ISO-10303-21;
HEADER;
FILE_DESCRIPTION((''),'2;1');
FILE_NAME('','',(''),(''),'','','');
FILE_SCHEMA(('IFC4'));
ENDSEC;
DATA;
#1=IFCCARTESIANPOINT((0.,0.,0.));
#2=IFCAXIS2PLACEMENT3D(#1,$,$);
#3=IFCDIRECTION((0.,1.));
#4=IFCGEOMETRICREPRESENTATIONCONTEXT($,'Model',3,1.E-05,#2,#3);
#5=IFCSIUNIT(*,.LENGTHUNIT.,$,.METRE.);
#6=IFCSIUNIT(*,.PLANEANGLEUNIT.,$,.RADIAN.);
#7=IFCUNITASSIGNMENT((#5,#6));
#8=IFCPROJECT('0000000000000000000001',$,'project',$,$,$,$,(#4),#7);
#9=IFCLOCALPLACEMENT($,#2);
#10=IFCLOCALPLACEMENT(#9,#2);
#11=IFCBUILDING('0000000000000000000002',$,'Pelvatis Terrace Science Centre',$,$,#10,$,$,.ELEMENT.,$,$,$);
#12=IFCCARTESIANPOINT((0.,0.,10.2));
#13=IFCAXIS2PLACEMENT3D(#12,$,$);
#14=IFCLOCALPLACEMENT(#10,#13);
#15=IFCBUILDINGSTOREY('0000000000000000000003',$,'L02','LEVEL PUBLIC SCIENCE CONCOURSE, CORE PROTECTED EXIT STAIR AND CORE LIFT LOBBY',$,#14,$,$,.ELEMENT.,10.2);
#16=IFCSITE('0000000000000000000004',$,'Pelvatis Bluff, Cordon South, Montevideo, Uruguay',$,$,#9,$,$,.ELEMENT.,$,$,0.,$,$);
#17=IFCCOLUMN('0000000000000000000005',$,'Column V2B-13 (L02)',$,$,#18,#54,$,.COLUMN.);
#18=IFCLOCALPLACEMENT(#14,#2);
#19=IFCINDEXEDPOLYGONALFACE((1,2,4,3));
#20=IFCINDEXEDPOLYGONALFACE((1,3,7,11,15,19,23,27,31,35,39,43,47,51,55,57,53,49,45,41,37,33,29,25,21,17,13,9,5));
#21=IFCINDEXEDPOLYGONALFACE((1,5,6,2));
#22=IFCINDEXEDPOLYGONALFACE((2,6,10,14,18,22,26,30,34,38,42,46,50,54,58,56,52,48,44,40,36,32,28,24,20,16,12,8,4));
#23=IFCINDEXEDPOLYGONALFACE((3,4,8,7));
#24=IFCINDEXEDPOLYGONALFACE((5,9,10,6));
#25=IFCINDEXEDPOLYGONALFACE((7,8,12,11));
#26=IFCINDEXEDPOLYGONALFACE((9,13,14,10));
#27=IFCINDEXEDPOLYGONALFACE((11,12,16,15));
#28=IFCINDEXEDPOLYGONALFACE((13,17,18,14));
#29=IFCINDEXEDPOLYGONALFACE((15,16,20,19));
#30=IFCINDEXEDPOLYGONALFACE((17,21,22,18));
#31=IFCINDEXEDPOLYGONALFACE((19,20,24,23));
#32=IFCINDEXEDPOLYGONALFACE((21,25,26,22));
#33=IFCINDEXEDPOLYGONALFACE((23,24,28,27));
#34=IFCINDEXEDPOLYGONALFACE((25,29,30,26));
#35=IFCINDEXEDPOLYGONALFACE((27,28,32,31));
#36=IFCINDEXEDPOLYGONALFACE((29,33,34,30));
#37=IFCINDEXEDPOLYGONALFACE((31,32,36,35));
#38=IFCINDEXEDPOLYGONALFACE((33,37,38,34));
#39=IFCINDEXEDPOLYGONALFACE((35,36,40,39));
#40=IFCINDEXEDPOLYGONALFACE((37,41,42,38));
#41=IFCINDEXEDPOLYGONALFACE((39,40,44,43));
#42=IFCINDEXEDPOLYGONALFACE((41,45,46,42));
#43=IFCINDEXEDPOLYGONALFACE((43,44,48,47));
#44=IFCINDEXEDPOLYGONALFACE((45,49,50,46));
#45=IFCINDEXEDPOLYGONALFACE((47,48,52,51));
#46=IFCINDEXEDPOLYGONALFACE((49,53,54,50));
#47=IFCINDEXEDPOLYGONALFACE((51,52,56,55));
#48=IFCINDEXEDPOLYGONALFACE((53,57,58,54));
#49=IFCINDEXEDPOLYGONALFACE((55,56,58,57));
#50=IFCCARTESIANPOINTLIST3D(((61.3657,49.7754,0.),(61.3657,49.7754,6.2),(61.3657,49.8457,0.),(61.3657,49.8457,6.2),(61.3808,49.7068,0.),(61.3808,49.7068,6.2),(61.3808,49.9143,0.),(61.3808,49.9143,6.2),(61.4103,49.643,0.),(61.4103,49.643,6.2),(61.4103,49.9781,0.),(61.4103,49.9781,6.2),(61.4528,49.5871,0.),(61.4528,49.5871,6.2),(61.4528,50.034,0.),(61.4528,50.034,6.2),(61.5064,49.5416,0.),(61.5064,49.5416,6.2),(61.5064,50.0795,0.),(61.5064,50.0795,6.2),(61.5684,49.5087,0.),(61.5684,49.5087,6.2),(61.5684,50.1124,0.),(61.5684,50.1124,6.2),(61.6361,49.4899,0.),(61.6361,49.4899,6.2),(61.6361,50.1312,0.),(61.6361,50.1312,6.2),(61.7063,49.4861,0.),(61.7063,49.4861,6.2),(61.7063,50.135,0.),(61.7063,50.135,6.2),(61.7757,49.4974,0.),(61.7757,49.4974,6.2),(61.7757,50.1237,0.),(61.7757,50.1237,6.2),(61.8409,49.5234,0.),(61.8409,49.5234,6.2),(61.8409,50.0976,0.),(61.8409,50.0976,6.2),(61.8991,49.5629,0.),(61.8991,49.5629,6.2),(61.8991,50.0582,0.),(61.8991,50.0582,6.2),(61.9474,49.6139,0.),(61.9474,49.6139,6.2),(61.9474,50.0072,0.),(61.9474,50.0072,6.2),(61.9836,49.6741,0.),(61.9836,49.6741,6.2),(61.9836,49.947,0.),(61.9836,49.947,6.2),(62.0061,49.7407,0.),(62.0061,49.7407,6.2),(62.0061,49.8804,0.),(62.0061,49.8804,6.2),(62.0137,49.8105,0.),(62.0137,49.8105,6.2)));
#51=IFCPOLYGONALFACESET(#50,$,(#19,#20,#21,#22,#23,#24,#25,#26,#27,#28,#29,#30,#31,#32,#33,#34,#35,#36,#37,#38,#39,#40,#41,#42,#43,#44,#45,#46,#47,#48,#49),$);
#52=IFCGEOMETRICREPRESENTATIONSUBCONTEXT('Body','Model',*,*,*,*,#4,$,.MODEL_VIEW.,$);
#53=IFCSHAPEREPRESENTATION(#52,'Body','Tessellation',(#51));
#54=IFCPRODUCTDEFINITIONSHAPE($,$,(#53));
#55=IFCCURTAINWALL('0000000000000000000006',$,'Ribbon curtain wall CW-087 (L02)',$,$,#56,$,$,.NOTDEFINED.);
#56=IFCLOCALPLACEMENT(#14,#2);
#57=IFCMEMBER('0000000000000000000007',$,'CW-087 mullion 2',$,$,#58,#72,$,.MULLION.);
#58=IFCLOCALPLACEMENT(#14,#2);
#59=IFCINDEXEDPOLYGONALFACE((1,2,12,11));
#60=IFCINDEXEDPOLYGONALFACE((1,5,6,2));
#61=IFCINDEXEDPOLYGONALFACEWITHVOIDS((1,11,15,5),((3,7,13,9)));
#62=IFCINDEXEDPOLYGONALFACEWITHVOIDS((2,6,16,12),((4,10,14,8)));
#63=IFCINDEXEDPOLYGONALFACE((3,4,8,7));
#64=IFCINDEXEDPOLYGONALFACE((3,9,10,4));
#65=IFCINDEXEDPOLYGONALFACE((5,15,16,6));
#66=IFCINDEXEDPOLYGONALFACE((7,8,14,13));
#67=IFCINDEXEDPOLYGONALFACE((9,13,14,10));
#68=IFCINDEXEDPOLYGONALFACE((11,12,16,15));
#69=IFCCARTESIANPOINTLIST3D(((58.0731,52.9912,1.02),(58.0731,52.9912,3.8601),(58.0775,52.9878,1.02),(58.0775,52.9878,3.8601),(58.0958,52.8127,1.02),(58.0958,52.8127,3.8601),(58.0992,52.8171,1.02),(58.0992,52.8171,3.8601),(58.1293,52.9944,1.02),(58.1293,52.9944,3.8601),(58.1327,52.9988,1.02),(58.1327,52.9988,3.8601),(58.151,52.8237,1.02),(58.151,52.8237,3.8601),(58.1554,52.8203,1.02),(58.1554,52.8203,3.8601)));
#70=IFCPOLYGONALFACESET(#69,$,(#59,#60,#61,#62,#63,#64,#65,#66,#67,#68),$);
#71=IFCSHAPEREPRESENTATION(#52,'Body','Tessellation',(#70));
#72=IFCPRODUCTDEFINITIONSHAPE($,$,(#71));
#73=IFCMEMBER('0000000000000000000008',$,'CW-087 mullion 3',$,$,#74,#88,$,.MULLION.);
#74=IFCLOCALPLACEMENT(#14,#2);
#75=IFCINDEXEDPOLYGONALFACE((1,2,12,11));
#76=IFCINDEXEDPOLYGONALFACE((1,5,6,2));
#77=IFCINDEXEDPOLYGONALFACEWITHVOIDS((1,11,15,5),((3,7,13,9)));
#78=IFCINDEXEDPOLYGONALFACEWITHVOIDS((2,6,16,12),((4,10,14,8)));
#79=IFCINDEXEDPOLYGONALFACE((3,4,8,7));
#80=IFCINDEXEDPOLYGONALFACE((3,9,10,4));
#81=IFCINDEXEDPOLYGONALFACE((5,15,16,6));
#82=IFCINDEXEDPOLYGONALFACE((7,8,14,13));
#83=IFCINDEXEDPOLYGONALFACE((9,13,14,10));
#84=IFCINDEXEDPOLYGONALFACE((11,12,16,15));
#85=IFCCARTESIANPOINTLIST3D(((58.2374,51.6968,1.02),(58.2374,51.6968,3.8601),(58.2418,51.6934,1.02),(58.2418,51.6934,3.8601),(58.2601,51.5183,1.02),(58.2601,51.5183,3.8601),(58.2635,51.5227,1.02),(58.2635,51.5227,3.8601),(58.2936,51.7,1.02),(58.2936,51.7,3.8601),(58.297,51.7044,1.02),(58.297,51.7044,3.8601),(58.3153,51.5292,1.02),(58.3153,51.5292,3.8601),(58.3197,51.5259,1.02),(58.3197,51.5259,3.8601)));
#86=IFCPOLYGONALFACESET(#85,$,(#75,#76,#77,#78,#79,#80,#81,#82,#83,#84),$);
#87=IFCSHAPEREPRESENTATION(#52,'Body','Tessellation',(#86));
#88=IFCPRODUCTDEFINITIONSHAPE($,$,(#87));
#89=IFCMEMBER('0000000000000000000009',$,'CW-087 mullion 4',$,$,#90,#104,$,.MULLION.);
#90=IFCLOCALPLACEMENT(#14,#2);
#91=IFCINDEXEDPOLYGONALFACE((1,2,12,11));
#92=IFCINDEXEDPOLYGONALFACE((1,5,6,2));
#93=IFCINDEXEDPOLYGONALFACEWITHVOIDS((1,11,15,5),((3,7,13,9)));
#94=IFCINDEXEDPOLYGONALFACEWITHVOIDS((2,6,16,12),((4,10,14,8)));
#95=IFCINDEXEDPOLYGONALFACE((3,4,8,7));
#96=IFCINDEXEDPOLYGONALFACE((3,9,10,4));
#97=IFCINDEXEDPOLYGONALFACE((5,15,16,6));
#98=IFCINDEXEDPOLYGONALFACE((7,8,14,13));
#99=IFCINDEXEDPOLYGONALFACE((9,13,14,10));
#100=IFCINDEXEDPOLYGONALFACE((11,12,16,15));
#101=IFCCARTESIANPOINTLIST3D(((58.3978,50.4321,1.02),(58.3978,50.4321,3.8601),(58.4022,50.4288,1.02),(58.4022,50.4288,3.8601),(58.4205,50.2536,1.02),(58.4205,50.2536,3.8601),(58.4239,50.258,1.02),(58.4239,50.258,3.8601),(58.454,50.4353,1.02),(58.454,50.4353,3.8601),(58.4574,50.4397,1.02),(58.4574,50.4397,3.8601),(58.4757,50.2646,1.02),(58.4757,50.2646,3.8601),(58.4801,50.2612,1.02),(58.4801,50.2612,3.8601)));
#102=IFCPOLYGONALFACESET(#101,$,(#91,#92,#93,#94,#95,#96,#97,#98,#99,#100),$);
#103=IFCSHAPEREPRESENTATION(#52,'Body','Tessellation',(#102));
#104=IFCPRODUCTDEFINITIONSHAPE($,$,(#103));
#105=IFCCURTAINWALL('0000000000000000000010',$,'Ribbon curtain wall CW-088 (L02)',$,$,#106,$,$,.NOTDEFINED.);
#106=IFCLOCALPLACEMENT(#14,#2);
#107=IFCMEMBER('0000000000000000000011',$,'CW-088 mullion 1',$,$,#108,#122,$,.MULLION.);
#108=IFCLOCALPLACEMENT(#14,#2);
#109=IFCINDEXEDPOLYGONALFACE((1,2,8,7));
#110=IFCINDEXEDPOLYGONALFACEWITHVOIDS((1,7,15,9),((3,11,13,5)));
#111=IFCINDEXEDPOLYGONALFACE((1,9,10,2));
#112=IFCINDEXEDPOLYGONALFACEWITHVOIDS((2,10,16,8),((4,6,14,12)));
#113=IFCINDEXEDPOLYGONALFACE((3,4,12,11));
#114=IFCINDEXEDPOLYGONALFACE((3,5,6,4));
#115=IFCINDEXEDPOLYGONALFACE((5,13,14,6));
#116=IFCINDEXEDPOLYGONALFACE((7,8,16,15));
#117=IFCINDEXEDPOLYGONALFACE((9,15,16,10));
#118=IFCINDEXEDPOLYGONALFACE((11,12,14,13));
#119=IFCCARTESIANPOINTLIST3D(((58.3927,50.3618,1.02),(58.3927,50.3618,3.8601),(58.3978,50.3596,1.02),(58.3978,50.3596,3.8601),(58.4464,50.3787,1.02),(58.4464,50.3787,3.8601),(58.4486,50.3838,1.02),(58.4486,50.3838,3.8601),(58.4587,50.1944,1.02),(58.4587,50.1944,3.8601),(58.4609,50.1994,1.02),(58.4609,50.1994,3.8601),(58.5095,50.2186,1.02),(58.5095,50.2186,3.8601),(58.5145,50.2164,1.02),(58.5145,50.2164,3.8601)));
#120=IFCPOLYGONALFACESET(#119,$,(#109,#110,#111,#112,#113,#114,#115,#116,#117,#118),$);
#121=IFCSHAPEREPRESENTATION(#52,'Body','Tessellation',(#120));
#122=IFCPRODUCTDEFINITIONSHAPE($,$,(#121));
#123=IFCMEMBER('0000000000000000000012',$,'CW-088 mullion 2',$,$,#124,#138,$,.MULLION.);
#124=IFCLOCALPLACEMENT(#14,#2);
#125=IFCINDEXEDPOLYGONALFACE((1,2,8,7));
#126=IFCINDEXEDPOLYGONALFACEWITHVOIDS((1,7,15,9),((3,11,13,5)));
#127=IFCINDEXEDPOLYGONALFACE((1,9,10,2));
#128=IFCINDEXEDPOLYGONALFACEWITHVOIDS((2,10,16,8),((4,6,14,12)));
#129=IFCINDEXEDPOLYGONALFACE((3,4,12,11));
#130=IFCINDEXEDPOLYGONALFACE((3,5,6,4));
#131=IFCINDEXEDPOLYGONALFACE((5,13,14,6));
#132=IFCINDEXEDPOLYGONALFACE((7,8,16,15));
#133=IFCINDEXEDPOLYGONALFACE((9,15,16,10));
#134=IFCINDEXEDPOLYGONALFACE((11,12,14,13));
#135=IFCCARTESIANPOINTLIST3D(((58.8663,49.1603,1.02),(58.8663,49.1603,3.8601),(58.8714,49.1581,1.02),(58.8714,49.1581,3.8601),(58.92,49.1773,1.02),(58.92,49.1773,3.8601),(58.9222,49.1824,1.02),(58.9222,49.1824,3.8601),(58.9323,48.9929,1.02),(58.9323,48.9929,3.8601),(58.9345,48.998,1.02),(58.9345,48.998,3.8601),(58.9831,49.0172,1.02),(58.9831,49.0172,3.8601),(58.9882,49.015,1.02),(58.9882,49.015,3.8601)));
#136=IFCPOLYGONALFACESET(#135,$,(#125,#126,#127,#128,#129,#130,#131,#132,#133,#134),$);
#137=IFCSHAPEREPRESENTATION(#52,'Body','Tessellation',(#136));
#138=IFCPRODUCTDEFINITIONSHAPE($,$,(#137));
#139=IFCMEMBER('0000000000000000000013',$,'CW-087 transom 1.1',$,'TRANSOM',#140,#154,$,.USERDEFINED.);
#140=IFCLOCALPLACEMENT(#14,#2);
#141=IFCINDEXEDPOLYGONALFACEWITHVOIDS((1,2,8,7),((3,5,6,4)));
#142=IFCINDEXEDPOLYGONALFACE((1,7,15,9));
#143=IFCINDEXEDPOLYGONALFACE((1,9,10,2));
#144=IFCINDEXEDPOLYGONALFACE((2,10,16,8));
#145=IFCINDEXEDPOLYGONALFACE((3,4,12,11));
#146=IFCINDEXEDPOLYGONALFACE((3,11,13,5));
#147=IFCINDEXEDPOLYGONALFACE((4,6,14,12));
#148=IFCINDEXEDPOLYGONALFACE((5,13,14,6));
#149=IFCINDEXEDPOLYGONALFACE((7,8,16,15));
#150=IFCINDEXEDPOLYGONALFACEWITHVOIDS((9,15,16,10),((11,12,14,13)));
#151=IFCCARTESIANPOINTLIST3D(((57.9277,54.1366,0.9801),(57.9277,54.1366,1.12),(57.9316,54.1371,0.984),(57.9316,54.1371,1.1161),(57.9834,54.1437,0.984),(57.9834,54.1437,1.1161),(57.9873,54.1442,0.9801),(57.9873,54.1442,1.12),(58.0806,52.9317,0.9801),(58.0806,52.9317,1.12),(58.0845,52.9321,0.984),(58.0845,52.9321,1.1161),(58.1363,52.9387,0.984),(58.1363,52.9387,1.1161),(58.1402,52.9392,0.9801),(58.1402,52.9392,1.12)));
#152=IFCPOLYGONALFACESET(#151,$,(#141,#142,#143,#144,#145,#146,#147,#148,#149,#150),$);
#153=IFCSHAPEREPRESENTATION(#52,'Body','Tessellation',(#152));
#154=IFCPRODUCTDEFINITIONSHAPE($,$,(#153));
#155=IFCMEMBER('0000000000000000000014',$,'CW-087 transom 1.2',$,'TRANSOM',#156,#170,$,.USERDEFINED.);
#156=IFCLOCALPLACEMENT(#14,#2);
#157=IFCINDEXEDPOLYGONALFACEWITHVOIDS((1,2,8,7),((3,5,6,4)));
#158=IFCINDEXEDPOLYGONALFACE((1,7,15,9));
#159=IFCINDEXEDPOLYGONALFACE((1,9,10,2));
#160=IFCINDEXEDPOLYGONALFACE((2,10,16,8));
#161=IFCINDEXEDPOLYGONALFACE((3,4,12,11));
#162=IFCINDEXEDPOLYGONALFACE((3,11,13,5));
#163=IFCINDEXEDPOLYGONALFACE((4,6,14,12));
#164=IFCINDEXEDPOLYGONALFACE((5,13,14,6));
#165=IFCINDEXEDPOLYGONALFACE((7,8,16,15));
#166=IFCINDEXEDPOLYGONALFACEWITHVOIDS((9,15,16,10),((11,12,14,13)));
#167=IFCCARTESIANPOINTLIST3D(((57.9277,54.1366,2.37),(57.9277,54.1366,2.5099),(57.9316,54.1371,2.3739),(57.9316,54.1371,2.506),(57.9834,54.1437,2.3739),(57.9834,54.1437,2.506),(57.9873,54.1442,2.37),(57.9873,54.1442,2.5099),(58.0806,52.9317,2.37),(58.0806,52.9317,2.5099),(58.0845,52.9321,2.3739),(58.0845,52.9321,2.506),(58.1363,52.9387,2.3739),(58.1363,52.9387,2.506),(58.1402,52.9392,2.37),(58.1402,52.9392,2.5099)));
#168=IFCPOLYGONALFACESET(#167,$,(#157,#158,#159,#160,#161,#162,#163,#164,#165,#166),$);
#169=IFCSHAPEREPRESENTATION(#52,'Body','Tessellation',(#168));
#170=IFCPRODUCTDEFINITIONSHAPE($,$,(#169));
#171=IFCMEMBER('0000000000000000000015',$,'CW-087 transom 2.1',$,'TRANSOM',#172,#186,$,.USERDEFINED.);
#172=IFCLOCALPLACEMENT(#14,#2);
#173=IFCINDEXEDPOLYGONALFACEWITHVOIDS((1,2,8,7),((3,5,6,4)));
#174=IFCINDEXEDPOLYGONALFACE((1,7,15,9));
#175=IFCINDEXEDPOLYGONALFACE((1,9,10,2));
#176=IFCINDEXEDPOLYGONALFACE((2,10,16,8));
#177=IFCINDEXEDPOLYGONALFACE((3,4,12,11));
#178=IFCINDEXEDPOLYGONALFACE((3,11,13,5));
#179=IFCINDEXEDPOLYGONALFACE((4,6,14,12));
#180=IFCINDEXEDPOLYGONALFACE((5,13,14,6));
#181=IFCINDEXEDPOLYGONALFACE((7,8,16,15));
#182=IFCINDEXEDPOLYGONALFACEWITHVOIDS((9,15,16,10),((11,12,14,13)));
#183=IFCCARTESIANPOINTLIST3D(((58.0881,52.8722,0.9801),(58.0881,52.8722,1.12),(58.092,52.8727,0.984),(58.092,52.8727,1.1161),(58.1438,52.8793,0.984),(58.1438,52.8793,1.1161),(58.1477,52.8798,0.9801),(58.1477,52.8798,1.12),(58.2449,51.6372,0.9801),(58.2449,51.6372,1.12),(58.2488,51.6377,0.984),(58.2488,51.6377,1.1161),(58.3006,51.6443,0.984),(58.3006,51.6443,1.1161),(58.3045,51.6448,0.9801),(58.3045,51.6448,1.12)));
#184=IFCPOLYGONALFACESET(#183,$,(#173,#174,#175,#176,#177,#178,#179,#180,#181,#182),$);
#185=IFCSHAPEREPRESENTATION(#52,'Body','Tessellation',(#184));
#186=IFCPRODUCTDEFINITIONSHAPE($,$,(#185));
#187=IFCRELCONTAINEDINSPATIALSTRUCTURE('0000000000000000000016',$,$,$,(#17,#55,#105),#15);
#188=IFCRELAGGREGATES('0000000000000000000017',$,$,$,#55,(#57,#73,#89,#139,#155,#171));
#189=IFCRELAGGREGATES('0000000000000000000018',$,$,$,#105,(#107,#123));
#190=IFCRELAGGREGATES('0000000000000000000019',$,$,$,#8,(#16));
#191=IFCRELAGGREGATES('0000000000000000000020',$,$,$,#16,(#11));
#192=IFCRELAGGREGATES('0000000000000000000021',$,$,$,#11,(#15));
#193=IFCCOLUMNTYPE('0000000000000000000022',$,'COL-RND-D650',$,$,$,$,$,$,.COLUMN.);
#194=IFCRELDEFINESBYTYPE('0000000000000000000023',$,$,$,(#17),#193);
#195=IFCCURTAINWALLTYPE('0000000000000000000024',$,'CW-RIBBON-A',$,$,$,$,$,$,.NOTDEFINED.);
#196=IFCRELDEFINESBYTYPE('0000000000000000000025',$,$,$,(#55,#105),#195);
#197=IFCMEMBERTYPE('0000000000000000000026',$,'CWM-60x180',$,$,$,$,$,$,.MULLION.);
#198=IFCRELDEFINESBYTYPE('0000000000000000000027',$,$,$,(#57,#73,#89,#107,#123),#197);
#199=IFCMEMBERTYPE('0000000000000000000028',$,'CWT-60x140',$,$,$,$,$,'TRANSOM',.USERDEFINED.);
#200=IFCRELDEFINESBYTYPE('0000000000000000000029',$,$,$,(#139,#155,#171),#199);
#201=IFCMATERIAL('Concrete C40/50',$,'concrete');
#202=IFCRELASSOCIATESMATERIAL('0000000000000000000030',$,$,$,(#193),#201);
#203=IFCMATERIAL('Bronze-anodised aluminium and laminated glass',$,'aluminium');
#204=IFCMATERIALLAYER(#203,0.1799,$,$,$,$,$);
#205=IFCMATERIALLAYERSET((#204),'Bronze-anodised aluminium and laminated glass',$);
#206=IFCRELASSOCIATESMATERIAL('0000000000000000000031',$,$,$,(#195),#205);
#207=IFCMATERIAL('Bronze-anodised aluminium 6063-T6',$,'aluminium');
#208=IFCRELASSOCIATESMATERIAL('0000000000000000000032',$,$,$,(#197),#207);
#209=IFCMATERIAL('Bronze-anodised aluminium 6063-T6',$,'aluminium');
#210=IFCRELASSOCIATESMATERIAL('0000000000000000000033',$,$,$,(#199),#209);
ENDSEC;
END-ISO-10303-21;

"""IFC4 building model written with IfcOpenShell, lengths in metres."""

from ifc_helpers import new_model, si_unit, direction, frame, origin, origin_2d, place, context, subcontext, project, spatial, hollow_rectangle, circle, extrude, material, layer, layer_set, material_profile, profile_set, type_object, element, aggregate, save


model = new_model("IFC4")

# Units and contexts
model_context = context("Model", 3, precision=1e-05, world=origin(), true_north=direction((0.0, 1.0)))
body_context = subcontext(model_context, "Body", "Model", "MODEL_VIEW")
ifc_project = project(units=[si_unit("LENGTHUNIT", "METRE"), si_unit("PLANEANGLEUNIT", "RADIAN")], contexts=[model_context])

# Site, building, storey
site_placement = place(None, origin())
site = spatial("IfcSite", under=ifc_project, at=site_placement, Name="Pelvatis Bluff, Cordon South, Montevideo, Uruguay", CompositionType="ELEMENT", RefElevation=0.0)
building_placement = place(site_placement, origin())
building = spatial("IfcBuilding", under=site, at=building_placement, Name="Pelvatis Terrace Science Centre", CompositionType="ELEMENT")
storey_placement = place(building_placement, frame((0.0, 0.0, 10.2)))
storey = spatial("IfcBuildingStorey", under=building, at=storey_placement, Name="L02", Description="LEVEL PUBLIC SCIENCE CONCOURSE, CORE PROTECTED EXIT STAIR AND CORE LIFT LOBBY", CompositionType="ELEMENT", Elevation=10.2)

# Column
ifc_material_1 = material(Name="Concrete C40/50", Category="concrete")
ifc_material_profile_1 = material_profile(ifc_material_1, circle(Radius=0.325, at=origin_2d()), Name="RC-RCOL D650")
ifc_profile_set_1 = profile_set([ifc_material_profile_1], Name="Concrete C40/50")
column_type = type_object("IfcColumnType", Name="COL-RND-D650", PredefinedType="COLUMN", material=ifc_profile_set_1)
column_placement = place(storey_placement, frame((61.6887, 49.8105, 0.0), z_axis=(0.0, 0.0, 1.0), x_axis=(1.0, 0.0, 0.0)))
element("IfcColumn", 1, at=column_placement, inside=storey, type_object=column_type, Name="Column V2B-13 (L02)", PredefinedType="COLUMN", context=body_context, shape_type="SweptSolid", body=[
    extrude(circle(Radius=0.325, at=origin_2d()), origin(), (0.0, 0.0, 1.0), 6.2),
])

# Curtain walls, members
ifc_material_2 = material(Name="Bronze-anodised aluminium and laminated glass", Category="aluminium")
ifc_layer_1 = layer(ifc_material_2, 0.1799)
ifc_layer_set_1 = layer_set([ifc_layer_1], Name="Bronze-anodised aluminium and laminated glass")
curtain_wall_type = type_object("IfcCurtainWallType", Name="CW-RIBBON-A", PredefinedType="NOTDEFINED", material=ifc_layer_set_1)
curtain_wall_1_placement = place(storey_placement, origin())
curtain_wall_1 = element("IfcCurtainWall", 2, at=curtain_wall_1_placement, inside=storey, type_object=curtain_wall_type, Name="Ribbon curtain wall CW-087 (L02)", PredefinedType="NOTDEFINED")
ifc_material_3 = material(Name="Bronze-anodised aluminium 6063-T6", Category="aluminium")
ifc_material_profile_2 = material_profile(ifc_material_3, hollow_rectangle(XDim=0.0601, YDim=0.1799, WallThickness=0.0039, at=origin_2d()), Name="ALU-MUL 60x180")
ifc_profile_set_2 = profile_set([ifc_material_profile_2], Name="Bronze-anodised aluminium 6063-T6")
member_type_1 = type_object("IfcMemberType", Name="CWM-60x180", PredefinedType="MULLION", material=ifc_profile_set_2)
member_1_placement = place(storey_placement, frame((58.1143, 52.9058, 1.02), z_axis=(0.0, 0.0, 1.0), x_axis=(0.992046, 0.125877, 0.0)))
member_1 = element("IfcMember", 3, at=member_1_placement, type_object=member_type_1, Name="CW-087 mullion 2", PredefinedType="MULLION", context=body_context, shape_type="SweptSolid", body=[
    extrude(hollow_rectangle(XDim=0.0601, YDim=0.1799, WallThickness=0.0039, at=origin_2d()), origin(), (0.0, 0.0, 1.0), 2.8401),
])
member_2_placement = place(storey_placement, frame((58.2786, 51.6113, 1.02), z_axis=(0.0, 0.0, 1.0), x_axis=(0.992046, 0.125877, 0.0)))
member_2 = element("IfcMember", 4, at=member_2_placement, type_object=member_type_1, Name="CW-087 mullion 3", PredefinedType="MULLION", context=body_context, shape_type="SweptSolid", body=[
    extrude(hollow_rectangle(XDim=0.0601, YDim=0.1799, WallThickness=0.0039, at=origin_2d()), origin(), (0.0, 0.0, 1.0), 2.8401),
])
member_3_placement = place(storey_placement, frame((58.439, 50.3467, 1.02), z_axis=(0.0, 0.0, 1.0), x_axis=(0.992046, 0.125877, 0.0)))
member_3 = element("IfcMember", 5, at=member_3_placement, type_object=member_type_1, Name="CW-087 mullion 4", PredefinedType="MULLION", context=body_context, shape_type="SweptSolid", body=[
    extrude(hollow_rectangle(XDim=0.0601, YDim=0.1799, WallThickness=0.0039, at=origin_2d()), origin(), (0.0, 0.0, 1.0), 2.8401),
])
curtain_wall_2_placement = place(storey_placement, origin())
curtain_wall_2 = element("IfcCurtainWall", 6, at=curtain_wall_2_placement, inside=storey, type_object=curtain_wall_type, Name="Ribbon curtain wall CW-088 (L02)", PredefinedType="NOTDEFINED")
member_4_placement = place(storey_placement, frame((58.4536, 50.2891, 1.02), z_axis=(0.0, 0.0, 1.0), x_axis=(0.93038, 0.366597, 0.0)))
member_4 = element("IfcMember", 7, at=member_4_placement, type_object=member_type_1, Name="CW-088 mullion 1", PredefinedType="MULLION", context=body_context, shape_type="SweptSolid", body=[
    extrude(hollow_rectangle(XDim=0.0601, YDim=0.1799, WallThickness=0.0039, at=origin_2d()), origin(), (0.0, 0.0, 1.0), 2.8401),
])
member_5_placement = place(storey_placement, frame((58.9272, 49.0876, 1.02), z_axis=(0.0, 0.0, 1.0), x_axis=(0.93038, 0.366597, 0.0)))
member_5 = element("IfcMember", 8, at=member_5_placement, type_object=member_type_1, Name="CW-088 mullion 2", PredefinedType="MULLION", context=body_context, shape_type="SweptSolid", body=[
    extrude(hollow_rectangle(XDim=0.0601, YDim=0.1799, WallThickness=0.0039, at=origin_2d()), origin(), (0.0, 0.0, 1.0), 2.8401),
])

# Members
ifc_material_4 = material(Name="Bronze-anodised aluminium 6063-T6", Category="aluminium")
ifc_material_profile_3 = material_profile(ifc_material_4, hollow_rectangle(XDim=0.0601, YDim=0.1399, WallThickness=0.0039, at=origin_2d()), Name="ALU-TRN 60x140")
ifc_profile_set_3 = profile_set([ifc_material_profile_3], Name="Bronze-anodised aluminium 6063-T6")
member_type_2 = type_object("IfcMemberType", Name="CWT-60x140", ElementType="TRANSOM", PredefinedType="USERDEFINED", material=ifc_profile_set_3)
member_6_placement = place(storey_placement, frame((57.9575, 54.1404, 1.05), z_axis=(0.125841, -0.99205, 0.0), x_axis=(0.99205, 0.125841, 0.0)))
member_6 = element("IfcMember", 9, at=member_6_placement, type_object=member_type_2, Name="CW-087 transom 1.1", ObjectType="TRANSOM", PredefinedType="USERDEFINED", context=body_context, shape_type="SweptSolid", body=[
    extrude(hollow_rectangle(XDim=0.0601, YDim=0.1399, WallThickness=0.0039, at=origin_2d()), origin(), (0.0, 0.0, 1.0), 1.2146),
])
member_7_placement = place(storey_placement, frame((57.9575, 54.1404, 2.4399), z_axis=(0.125841, -0.99205, 0.0), x_axis=(0.99205, 0.125841, 0.0)))
member_7 = element("IfcMember", 10, at=member_7_placement, type_object=member_type_2, Name="CW-087 transom 1.2", ObjectType="TRANSOM", PredefinedType="USERDEFINED", context=body_context, shape_type="SweptSolid", body=[
    extrude(hollow_rectangle(XDim=0.0601, YDim=0.1399, WallThickness=0.0039, at=origin_2d()), origin(), (0.0, 0.0, 1.0), 1.2146),
])
member_8_placement = place(storey_placement, frame((58.1179, 52.876, 1.05), z_axis=(0.125917, -0.992041, 0.0), x_axis=(0.992041, 0.125917, 0.0)))
member_8 = element("IfcMember", 11, at=member_8_placement, type_object=member_type_2, Name="CW-087 transom 2.1", ObjectType="TRANSOM", PredefinedType="USERDEFINED", context=body_context, shape_type="SweptSolid", body=[
    extrude(hollow_rectangle(XDim=0.0601, YDim=0.1399, WallThickness=0.0039, at=origin_2d()), origin(), (0.0, 0.0, 1.0), 1.2449),
])

aggregate(curtain_wall_1, [member_1, member_2, member_3, member_6, member_7, member_8])
aggregate(curtain_wall_2, [member_4, member_5])

save(model, "model.ifc")
